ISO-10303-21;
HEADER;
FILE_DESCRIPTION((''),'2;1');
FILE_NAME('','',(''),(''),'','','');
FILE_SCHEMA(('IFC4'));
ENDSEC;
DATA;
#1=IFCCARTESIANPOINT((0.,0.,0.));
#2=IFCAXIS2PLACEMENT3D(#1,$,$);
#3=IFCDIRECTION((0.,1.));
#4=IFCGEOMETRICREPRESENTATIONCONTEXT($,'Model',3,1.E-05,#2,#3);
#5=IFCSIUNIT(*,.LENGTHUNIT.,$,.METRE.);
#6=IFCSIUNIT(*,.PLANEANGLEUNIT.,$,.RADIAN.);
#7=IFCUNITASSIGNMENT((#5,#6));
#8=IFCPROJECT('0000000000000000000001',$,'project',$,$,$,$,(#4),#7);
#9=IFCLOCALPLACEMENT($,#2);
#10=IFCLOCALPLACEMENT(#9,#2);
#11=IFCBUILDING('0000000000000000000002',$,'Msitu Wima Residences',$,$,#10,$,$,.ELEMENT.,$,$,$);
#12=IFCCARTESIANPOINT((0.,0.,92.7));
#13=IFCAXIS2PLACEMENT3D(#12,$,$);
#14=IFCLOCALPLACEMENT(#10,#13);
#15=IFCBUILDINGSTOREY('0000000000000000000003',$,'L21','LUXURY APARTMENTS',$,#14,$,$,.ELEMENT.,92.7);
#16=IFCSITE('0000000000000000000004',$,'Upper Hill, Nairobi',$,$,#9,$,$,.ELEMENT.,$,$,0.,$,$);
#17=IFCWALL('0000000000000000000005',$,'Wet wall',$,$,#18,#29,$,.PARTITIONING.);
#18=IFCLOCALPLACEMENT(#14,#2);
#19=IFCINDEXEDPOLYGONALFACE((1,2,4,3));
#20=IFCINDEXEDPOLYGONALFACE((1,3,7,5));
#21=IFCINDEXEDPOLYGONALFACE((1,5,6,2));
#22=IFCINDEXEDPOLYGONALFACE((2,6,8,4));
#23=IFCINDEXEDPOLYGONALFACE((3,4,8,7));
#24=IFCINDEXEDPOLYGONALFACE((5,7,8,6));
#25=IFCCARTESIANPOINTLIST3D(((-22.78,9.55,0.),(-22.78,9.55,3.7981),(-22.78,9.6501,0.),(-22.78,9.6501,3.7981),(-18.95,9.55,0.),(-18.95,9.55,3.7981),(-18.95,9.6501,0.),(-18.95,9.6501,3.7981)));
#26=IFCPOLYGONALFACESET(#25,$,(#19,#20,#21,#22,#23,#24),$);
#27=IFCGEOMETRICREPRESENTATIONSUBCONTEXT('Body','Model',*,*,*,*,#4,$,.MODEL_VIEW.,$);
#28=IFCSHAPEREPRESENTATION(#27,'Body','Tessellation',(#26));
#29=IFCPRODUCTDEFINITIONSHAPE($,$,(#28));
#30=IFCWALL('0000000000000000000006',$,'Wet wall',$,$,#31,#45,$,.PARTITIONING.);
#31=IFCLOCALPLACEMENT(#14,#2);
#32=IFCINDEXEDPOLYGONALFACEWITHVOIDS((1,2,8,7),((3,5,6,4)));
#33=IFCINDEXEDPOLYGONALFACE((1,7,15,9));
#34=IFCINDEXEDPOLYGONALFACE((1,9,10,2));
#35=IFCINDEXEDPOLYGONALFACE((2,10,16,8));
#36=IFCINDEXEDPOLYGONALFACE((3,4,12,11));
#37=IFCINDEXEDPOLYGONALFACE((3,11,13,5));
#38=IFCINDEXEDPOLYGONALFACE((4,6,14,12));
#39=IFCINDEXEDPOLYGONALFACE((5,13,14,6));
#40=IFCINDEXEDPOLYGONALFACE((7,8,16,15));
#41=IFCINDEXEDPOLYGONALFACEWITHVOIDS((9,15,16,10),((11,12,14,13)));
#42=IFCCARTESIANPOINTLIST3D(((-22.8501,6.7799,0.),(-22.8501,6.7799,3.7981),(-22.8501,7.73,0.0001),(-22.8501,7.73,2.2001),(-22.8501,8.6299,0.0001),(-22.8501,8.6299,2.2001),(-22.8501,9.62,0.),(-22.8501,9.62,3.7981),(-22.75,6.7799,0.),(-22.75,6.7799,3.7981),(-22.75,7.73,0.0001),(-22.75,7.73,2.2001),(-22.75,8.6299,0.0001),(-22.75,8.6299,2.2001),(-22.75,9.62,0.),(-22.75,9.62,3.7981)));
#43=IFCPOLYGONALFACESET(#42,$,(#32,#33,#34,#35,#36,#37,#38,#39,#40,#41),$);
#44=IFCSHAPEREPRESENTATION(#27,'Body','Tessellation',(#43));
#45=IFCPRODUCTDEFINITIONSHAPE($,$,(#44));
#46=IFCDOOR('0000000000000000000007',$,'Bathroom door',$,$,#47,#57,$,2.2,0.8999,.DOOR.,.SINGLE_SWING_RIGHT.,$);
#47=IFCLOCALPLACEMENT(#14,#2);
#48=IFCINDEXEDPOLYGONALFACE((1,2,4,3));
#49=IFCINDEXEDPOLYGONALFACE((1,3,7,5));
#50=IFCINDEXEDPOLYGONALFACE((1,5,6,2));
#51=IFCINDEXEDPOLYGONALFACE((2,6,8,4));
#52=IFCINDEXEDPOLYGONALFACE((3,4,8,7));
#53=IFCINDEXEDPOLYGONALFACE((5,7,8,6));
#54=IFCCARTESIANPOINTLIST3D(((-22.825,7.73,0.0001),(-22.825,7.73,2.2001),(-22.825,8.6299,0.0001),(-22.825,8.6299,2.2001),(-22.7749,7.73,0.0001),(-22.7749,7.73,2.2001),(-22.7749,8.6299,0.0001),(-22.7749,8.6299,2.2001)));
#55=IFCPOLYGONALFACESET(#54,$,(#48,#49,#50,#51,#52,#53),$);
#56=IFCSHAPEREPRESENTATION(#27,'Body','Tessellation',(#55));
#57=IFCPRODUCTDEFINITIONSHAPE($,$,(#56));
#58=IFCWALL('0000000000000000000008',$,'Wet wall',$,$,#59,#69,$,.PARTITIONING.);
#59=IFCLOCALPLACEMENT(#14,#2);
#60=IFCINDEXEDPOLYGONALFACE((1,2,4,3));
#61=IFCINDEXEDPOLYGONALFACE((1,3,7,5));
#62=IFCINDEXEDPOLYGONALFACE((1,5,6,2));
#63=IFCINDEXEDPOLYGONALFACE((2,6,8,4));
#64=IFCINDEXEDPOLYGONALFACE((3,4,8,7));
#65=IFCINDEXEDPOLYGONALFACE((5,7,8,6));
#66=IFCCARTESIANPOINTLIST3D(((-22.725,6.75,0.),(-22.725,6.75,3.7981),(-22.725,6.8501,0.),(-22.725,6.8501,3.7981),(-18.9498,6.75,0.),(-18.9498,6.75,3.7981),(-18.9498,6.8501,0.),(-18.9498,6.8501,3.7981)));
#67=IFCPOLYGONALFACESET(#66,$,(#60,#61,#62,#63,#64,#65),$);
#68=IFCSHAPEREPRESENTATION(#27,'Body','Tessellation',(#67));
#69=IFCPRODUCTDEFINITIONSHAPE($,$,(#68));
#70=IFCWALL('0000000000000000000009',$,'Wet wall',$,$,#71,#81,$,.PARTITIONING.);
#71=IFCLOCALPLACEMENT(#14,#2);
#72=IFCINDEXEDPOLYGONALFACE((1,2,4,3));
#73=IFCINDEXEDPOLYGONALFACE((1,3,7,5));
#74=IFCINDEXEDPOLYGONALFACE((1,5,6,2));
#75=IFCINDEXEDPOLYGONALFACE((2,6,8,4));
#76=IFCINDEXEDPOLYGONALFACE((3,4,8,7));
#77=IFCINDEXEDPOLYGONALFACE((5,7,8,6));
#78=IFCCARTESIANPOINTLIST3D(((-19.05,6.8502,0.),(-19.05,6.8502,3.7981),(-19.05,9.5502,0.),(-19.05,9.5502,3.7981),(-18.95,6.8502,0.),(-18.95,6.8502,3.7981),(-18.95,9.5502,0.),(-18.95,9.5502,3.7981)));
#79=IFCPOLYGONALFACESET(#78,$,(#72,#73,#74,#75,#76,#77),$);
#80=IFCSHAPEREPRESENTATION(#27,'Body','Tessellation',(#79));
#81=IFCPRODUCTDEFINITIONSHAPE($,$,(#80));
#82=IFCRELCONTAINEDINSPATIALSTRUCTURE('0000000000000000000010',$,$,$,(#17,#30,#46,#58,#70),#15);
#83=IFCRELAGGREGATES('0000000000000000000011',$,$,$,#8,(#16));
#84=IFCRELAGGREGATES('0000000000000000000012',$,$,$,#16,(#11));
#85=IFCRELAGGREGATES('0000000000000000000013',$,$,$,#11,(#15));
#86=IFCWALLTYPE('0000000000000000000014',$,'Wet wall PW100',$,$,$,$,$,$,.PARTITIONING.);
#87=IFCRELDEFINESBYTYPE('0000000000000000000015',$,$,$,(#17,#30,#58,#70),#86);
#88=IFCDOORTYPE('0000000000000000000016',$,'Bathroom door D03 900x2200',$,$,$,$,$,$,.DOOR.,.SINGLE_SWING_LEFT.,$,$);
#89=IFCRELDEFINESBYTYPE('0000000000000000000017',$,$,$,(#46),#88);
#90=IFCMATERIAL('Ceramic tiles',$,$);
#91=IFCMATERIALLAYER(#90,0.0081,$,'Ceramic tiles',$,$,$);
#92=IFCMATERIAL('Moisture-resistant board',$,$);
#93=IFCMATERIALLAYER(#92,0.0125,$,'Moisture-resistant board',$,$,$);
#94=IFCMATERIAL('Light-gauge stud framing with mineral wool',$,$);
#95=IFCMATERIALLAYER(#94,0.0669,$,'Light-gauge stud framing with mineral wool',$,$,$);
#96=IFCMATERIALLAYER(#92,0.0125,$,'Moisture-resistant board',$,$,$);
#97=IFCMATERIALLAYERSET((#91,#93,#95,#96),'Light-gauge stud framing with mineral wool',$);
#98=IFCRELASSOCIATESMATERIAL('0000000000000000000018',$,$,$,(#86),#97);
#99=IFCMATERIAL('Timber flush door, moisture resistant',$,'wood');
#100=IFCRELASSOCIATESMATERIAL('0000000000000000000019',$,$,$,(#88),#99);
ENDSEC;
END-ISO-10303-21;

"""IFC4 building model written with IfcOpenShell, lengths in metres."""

from ifc_helpers import new_model, si_unit, direction, frame, frame_2d, origin, place, context, subcontext, project, spatial, rectangle, extrude, material, layer, layer_set, type_object, element, fill, save


model = new_model("IFC4")

# Units and contexts
model_context = context("Model", 3, precision=1e-05, world=origin(), true_north=direction((0.0, 1.0)))
body_context = subcontext(model_context, "Body", "Model", "MODEL_VIEW")
ifc_project = project(units=[si_unit("LENGTHUNIT", "METRE"), si_unit("PLANEANGLEUNIT", "RADIAN")], contexts=[model_context])

# Site, building, storey
site_placement = place(None, origin())
site = spatial("IfcSite", under=ifc_project, at=site_placement, Name="Upper Hill, Nairobi", CompositionType="ELEMENT", RefElevation=0.0)
building_placement = place(site_placement, origin())
building = spatial("IfcBuilding", under=site, at=building_placement, Name="Msitu Wima Residences", CompositionType="ELEMENT")
storey_placement = place(building_placement, frame((0.0, 0.0, 92.7)))
storey = spatial("IfcBuildingStorey", under=building, at=storey_placement, Name="L21", Description="LUXURY APARTMENTS", CompositionType="ELEMENT", Elevation=92.7)

# Wall
ifc_material_1 = material(Name="Ceramic tiles")
ifc_layer_1 = layer(ifc_material_1, 0.0081, Name="Ceramic tiles")
ifc_material_2 = material(Name="Moisture-resistant board")
ifc_layer_2 = layer(ifc_material_2, 0.0125, Name="Moisture-resistant board")
ifc_material_3 = material(Name="Light-gauge stud framing with mineral wool")
ifc_layer_3 = layer(ifc_material_3, 0.0669, Name="Light-gauge stud framing with mineral wool")
ifc_layer_4 = layer(ifc_material_2, 0.0125, Name="Moisture-resistant board")
ifc_layer_set_1 = layer_set([ifc_layer_1, ifc_layer_2, ifc_layer_3, ifc_layer_4], Name="Light-gauge stud framing with mineral wool")
wall_type_1 = type_object("IfcWallType", Name="Wet wall PW100", PredefinedType="PARTITIONING", material=ifc_layer_set_1)
wall_1_placement = place(storey_placement, frame((-22.78, 9.6001, 0.0), z_axis=(0.0, 0.0, 1.0), x_axis=(1.0, 0.0, 0.0)))
element("IfcWall", 1, at=wall_1_placement, inside=storey, type_object=wall_type_1, Name="Wet wall", PredefinedType="PARTITIONING", context=body_context, shape_type="SweptSolid", body=[
    extrude(rectangle(XDim=3.8301, YDim=0.1001, at=frame_2d((1.915, 0.0))), origin(), (0.0, 0.0, 1.0), 3.7981),
])

# Wall, opening, door
wall_2_placement = place(storey_placement, frame((-22.8, 6.78, 0.0), z_axis=(0.0, 0.0, 1.0), x_axis=(0.0, 1.0, 0.0)))
wall_2 = element("IfcWall", 2, at=wall_2_placement, inside=storey, type_object=wall_type_1, Name="Wet wall", PredefinedType="PARTITIONING", context=body_context, shape_type="SweptSolid", body=[
    extrude(rectangle(XDim=2.8401, YDim=0.1001, at=frame_2d((1.4199, 0.0))), origin(), (0.0, 0.0, 1.0), 3.7981),
])
opening_1_placement = place(wall_2_placement, frame((0.95, 0.0, 0.0)))
opening_1 = element("IfcOpeningElement", 3, at=opening_1_placement, cuts=wall_2, PredefinedType="OPENING", context=body_context, shape_type="SweptSolid", body=[
    extrude(rectangle(XDim=0.8999, YDim=2.2, at=frame_2d((0.45, 1.1001))), frame((0.0, 0.0601, 0.0), z_axis=(0.0, -1.0, 0.0), x_axis=(1.0, 0.0, 0.0)), (0.0, 0.0, 1.0), 0.1201),
])
ifc_material_4 = material(Name="Timber flush door, moisture resistant", Category="wood")
door_type_1 = type_object("IfcDoorType", Name="Bathroom door D03 900x2200", OperationType="SINGLE_SWING_LEFT", PredefinedType="DOOR", material=ifc_material_4)
door_1_placement = place(opening_1_placement, origin())
door_1 = element("IfcDoor", 4, at=door_1_placement, inside=storey, type_object=door_type_1, Name="Bathroom door", OperationType="SINGLE_SWING_RIGHT", OverallHeight=2.2, OverallWidth=0.8999, PredefinedType="DOOR", context=body_context, shape_type="SweptSolid", body=[
    extrude(rectangle(XDim=0.8999, YDim=2.2, at=frame_2d((0.45, 1.1001))), frame((0.0, 0.0249, 0.0), z_axis=(0.0, -1.0, 0.0), x_axis=(1.0, 0.0, 0.0)), (0.0, 0.0, 1.0), 0.05),
])
fill(opening_1, door_1)

# Walls
wall_3_placement = place(storey_placement, frame((-22.7251, 6.8, 0.0), z_axis=(0.0, 0.0, 1.0), x_axis=(1.0, 0.0, 0.0)))
element("IfcWall", 5, at=wall_3_placement, inside=storey, type_object=wall_type_1, Name="Wet wall", PredefinedType="PARTITIONING", context=body_context, shape_type="SweptSolid", body=[
    extrude(rectangle(XDim=3.7751, YDim=0.1001, at=frame_2d((1.8877, 0.0))), origin(), (0.0, 0.0, 1.0), 3.7981),
])
wall_4_placement = place(storey_placement, frame((-19.0, 6.8501, 0.0), z_axis=(0.0, 0.0, 1.0), x_axis=(0.0, 1.0, 0.0)))
element("IfcWall", 6, at=wall_4_placement, inside=storey, type_object=wall_type_1, Name="Wet wall", PredefinedType="PARTITIONING", context=body_context, shape_type="SweptSolid", body=[
    extrude(rectangle(XDim=2.7, YDim=0.1001, at=frame_2d((1.3501, 0.0))), origin(), (0.0, 0.0, 1.0), 3.7981),
])

save(model, "model.ifc")
